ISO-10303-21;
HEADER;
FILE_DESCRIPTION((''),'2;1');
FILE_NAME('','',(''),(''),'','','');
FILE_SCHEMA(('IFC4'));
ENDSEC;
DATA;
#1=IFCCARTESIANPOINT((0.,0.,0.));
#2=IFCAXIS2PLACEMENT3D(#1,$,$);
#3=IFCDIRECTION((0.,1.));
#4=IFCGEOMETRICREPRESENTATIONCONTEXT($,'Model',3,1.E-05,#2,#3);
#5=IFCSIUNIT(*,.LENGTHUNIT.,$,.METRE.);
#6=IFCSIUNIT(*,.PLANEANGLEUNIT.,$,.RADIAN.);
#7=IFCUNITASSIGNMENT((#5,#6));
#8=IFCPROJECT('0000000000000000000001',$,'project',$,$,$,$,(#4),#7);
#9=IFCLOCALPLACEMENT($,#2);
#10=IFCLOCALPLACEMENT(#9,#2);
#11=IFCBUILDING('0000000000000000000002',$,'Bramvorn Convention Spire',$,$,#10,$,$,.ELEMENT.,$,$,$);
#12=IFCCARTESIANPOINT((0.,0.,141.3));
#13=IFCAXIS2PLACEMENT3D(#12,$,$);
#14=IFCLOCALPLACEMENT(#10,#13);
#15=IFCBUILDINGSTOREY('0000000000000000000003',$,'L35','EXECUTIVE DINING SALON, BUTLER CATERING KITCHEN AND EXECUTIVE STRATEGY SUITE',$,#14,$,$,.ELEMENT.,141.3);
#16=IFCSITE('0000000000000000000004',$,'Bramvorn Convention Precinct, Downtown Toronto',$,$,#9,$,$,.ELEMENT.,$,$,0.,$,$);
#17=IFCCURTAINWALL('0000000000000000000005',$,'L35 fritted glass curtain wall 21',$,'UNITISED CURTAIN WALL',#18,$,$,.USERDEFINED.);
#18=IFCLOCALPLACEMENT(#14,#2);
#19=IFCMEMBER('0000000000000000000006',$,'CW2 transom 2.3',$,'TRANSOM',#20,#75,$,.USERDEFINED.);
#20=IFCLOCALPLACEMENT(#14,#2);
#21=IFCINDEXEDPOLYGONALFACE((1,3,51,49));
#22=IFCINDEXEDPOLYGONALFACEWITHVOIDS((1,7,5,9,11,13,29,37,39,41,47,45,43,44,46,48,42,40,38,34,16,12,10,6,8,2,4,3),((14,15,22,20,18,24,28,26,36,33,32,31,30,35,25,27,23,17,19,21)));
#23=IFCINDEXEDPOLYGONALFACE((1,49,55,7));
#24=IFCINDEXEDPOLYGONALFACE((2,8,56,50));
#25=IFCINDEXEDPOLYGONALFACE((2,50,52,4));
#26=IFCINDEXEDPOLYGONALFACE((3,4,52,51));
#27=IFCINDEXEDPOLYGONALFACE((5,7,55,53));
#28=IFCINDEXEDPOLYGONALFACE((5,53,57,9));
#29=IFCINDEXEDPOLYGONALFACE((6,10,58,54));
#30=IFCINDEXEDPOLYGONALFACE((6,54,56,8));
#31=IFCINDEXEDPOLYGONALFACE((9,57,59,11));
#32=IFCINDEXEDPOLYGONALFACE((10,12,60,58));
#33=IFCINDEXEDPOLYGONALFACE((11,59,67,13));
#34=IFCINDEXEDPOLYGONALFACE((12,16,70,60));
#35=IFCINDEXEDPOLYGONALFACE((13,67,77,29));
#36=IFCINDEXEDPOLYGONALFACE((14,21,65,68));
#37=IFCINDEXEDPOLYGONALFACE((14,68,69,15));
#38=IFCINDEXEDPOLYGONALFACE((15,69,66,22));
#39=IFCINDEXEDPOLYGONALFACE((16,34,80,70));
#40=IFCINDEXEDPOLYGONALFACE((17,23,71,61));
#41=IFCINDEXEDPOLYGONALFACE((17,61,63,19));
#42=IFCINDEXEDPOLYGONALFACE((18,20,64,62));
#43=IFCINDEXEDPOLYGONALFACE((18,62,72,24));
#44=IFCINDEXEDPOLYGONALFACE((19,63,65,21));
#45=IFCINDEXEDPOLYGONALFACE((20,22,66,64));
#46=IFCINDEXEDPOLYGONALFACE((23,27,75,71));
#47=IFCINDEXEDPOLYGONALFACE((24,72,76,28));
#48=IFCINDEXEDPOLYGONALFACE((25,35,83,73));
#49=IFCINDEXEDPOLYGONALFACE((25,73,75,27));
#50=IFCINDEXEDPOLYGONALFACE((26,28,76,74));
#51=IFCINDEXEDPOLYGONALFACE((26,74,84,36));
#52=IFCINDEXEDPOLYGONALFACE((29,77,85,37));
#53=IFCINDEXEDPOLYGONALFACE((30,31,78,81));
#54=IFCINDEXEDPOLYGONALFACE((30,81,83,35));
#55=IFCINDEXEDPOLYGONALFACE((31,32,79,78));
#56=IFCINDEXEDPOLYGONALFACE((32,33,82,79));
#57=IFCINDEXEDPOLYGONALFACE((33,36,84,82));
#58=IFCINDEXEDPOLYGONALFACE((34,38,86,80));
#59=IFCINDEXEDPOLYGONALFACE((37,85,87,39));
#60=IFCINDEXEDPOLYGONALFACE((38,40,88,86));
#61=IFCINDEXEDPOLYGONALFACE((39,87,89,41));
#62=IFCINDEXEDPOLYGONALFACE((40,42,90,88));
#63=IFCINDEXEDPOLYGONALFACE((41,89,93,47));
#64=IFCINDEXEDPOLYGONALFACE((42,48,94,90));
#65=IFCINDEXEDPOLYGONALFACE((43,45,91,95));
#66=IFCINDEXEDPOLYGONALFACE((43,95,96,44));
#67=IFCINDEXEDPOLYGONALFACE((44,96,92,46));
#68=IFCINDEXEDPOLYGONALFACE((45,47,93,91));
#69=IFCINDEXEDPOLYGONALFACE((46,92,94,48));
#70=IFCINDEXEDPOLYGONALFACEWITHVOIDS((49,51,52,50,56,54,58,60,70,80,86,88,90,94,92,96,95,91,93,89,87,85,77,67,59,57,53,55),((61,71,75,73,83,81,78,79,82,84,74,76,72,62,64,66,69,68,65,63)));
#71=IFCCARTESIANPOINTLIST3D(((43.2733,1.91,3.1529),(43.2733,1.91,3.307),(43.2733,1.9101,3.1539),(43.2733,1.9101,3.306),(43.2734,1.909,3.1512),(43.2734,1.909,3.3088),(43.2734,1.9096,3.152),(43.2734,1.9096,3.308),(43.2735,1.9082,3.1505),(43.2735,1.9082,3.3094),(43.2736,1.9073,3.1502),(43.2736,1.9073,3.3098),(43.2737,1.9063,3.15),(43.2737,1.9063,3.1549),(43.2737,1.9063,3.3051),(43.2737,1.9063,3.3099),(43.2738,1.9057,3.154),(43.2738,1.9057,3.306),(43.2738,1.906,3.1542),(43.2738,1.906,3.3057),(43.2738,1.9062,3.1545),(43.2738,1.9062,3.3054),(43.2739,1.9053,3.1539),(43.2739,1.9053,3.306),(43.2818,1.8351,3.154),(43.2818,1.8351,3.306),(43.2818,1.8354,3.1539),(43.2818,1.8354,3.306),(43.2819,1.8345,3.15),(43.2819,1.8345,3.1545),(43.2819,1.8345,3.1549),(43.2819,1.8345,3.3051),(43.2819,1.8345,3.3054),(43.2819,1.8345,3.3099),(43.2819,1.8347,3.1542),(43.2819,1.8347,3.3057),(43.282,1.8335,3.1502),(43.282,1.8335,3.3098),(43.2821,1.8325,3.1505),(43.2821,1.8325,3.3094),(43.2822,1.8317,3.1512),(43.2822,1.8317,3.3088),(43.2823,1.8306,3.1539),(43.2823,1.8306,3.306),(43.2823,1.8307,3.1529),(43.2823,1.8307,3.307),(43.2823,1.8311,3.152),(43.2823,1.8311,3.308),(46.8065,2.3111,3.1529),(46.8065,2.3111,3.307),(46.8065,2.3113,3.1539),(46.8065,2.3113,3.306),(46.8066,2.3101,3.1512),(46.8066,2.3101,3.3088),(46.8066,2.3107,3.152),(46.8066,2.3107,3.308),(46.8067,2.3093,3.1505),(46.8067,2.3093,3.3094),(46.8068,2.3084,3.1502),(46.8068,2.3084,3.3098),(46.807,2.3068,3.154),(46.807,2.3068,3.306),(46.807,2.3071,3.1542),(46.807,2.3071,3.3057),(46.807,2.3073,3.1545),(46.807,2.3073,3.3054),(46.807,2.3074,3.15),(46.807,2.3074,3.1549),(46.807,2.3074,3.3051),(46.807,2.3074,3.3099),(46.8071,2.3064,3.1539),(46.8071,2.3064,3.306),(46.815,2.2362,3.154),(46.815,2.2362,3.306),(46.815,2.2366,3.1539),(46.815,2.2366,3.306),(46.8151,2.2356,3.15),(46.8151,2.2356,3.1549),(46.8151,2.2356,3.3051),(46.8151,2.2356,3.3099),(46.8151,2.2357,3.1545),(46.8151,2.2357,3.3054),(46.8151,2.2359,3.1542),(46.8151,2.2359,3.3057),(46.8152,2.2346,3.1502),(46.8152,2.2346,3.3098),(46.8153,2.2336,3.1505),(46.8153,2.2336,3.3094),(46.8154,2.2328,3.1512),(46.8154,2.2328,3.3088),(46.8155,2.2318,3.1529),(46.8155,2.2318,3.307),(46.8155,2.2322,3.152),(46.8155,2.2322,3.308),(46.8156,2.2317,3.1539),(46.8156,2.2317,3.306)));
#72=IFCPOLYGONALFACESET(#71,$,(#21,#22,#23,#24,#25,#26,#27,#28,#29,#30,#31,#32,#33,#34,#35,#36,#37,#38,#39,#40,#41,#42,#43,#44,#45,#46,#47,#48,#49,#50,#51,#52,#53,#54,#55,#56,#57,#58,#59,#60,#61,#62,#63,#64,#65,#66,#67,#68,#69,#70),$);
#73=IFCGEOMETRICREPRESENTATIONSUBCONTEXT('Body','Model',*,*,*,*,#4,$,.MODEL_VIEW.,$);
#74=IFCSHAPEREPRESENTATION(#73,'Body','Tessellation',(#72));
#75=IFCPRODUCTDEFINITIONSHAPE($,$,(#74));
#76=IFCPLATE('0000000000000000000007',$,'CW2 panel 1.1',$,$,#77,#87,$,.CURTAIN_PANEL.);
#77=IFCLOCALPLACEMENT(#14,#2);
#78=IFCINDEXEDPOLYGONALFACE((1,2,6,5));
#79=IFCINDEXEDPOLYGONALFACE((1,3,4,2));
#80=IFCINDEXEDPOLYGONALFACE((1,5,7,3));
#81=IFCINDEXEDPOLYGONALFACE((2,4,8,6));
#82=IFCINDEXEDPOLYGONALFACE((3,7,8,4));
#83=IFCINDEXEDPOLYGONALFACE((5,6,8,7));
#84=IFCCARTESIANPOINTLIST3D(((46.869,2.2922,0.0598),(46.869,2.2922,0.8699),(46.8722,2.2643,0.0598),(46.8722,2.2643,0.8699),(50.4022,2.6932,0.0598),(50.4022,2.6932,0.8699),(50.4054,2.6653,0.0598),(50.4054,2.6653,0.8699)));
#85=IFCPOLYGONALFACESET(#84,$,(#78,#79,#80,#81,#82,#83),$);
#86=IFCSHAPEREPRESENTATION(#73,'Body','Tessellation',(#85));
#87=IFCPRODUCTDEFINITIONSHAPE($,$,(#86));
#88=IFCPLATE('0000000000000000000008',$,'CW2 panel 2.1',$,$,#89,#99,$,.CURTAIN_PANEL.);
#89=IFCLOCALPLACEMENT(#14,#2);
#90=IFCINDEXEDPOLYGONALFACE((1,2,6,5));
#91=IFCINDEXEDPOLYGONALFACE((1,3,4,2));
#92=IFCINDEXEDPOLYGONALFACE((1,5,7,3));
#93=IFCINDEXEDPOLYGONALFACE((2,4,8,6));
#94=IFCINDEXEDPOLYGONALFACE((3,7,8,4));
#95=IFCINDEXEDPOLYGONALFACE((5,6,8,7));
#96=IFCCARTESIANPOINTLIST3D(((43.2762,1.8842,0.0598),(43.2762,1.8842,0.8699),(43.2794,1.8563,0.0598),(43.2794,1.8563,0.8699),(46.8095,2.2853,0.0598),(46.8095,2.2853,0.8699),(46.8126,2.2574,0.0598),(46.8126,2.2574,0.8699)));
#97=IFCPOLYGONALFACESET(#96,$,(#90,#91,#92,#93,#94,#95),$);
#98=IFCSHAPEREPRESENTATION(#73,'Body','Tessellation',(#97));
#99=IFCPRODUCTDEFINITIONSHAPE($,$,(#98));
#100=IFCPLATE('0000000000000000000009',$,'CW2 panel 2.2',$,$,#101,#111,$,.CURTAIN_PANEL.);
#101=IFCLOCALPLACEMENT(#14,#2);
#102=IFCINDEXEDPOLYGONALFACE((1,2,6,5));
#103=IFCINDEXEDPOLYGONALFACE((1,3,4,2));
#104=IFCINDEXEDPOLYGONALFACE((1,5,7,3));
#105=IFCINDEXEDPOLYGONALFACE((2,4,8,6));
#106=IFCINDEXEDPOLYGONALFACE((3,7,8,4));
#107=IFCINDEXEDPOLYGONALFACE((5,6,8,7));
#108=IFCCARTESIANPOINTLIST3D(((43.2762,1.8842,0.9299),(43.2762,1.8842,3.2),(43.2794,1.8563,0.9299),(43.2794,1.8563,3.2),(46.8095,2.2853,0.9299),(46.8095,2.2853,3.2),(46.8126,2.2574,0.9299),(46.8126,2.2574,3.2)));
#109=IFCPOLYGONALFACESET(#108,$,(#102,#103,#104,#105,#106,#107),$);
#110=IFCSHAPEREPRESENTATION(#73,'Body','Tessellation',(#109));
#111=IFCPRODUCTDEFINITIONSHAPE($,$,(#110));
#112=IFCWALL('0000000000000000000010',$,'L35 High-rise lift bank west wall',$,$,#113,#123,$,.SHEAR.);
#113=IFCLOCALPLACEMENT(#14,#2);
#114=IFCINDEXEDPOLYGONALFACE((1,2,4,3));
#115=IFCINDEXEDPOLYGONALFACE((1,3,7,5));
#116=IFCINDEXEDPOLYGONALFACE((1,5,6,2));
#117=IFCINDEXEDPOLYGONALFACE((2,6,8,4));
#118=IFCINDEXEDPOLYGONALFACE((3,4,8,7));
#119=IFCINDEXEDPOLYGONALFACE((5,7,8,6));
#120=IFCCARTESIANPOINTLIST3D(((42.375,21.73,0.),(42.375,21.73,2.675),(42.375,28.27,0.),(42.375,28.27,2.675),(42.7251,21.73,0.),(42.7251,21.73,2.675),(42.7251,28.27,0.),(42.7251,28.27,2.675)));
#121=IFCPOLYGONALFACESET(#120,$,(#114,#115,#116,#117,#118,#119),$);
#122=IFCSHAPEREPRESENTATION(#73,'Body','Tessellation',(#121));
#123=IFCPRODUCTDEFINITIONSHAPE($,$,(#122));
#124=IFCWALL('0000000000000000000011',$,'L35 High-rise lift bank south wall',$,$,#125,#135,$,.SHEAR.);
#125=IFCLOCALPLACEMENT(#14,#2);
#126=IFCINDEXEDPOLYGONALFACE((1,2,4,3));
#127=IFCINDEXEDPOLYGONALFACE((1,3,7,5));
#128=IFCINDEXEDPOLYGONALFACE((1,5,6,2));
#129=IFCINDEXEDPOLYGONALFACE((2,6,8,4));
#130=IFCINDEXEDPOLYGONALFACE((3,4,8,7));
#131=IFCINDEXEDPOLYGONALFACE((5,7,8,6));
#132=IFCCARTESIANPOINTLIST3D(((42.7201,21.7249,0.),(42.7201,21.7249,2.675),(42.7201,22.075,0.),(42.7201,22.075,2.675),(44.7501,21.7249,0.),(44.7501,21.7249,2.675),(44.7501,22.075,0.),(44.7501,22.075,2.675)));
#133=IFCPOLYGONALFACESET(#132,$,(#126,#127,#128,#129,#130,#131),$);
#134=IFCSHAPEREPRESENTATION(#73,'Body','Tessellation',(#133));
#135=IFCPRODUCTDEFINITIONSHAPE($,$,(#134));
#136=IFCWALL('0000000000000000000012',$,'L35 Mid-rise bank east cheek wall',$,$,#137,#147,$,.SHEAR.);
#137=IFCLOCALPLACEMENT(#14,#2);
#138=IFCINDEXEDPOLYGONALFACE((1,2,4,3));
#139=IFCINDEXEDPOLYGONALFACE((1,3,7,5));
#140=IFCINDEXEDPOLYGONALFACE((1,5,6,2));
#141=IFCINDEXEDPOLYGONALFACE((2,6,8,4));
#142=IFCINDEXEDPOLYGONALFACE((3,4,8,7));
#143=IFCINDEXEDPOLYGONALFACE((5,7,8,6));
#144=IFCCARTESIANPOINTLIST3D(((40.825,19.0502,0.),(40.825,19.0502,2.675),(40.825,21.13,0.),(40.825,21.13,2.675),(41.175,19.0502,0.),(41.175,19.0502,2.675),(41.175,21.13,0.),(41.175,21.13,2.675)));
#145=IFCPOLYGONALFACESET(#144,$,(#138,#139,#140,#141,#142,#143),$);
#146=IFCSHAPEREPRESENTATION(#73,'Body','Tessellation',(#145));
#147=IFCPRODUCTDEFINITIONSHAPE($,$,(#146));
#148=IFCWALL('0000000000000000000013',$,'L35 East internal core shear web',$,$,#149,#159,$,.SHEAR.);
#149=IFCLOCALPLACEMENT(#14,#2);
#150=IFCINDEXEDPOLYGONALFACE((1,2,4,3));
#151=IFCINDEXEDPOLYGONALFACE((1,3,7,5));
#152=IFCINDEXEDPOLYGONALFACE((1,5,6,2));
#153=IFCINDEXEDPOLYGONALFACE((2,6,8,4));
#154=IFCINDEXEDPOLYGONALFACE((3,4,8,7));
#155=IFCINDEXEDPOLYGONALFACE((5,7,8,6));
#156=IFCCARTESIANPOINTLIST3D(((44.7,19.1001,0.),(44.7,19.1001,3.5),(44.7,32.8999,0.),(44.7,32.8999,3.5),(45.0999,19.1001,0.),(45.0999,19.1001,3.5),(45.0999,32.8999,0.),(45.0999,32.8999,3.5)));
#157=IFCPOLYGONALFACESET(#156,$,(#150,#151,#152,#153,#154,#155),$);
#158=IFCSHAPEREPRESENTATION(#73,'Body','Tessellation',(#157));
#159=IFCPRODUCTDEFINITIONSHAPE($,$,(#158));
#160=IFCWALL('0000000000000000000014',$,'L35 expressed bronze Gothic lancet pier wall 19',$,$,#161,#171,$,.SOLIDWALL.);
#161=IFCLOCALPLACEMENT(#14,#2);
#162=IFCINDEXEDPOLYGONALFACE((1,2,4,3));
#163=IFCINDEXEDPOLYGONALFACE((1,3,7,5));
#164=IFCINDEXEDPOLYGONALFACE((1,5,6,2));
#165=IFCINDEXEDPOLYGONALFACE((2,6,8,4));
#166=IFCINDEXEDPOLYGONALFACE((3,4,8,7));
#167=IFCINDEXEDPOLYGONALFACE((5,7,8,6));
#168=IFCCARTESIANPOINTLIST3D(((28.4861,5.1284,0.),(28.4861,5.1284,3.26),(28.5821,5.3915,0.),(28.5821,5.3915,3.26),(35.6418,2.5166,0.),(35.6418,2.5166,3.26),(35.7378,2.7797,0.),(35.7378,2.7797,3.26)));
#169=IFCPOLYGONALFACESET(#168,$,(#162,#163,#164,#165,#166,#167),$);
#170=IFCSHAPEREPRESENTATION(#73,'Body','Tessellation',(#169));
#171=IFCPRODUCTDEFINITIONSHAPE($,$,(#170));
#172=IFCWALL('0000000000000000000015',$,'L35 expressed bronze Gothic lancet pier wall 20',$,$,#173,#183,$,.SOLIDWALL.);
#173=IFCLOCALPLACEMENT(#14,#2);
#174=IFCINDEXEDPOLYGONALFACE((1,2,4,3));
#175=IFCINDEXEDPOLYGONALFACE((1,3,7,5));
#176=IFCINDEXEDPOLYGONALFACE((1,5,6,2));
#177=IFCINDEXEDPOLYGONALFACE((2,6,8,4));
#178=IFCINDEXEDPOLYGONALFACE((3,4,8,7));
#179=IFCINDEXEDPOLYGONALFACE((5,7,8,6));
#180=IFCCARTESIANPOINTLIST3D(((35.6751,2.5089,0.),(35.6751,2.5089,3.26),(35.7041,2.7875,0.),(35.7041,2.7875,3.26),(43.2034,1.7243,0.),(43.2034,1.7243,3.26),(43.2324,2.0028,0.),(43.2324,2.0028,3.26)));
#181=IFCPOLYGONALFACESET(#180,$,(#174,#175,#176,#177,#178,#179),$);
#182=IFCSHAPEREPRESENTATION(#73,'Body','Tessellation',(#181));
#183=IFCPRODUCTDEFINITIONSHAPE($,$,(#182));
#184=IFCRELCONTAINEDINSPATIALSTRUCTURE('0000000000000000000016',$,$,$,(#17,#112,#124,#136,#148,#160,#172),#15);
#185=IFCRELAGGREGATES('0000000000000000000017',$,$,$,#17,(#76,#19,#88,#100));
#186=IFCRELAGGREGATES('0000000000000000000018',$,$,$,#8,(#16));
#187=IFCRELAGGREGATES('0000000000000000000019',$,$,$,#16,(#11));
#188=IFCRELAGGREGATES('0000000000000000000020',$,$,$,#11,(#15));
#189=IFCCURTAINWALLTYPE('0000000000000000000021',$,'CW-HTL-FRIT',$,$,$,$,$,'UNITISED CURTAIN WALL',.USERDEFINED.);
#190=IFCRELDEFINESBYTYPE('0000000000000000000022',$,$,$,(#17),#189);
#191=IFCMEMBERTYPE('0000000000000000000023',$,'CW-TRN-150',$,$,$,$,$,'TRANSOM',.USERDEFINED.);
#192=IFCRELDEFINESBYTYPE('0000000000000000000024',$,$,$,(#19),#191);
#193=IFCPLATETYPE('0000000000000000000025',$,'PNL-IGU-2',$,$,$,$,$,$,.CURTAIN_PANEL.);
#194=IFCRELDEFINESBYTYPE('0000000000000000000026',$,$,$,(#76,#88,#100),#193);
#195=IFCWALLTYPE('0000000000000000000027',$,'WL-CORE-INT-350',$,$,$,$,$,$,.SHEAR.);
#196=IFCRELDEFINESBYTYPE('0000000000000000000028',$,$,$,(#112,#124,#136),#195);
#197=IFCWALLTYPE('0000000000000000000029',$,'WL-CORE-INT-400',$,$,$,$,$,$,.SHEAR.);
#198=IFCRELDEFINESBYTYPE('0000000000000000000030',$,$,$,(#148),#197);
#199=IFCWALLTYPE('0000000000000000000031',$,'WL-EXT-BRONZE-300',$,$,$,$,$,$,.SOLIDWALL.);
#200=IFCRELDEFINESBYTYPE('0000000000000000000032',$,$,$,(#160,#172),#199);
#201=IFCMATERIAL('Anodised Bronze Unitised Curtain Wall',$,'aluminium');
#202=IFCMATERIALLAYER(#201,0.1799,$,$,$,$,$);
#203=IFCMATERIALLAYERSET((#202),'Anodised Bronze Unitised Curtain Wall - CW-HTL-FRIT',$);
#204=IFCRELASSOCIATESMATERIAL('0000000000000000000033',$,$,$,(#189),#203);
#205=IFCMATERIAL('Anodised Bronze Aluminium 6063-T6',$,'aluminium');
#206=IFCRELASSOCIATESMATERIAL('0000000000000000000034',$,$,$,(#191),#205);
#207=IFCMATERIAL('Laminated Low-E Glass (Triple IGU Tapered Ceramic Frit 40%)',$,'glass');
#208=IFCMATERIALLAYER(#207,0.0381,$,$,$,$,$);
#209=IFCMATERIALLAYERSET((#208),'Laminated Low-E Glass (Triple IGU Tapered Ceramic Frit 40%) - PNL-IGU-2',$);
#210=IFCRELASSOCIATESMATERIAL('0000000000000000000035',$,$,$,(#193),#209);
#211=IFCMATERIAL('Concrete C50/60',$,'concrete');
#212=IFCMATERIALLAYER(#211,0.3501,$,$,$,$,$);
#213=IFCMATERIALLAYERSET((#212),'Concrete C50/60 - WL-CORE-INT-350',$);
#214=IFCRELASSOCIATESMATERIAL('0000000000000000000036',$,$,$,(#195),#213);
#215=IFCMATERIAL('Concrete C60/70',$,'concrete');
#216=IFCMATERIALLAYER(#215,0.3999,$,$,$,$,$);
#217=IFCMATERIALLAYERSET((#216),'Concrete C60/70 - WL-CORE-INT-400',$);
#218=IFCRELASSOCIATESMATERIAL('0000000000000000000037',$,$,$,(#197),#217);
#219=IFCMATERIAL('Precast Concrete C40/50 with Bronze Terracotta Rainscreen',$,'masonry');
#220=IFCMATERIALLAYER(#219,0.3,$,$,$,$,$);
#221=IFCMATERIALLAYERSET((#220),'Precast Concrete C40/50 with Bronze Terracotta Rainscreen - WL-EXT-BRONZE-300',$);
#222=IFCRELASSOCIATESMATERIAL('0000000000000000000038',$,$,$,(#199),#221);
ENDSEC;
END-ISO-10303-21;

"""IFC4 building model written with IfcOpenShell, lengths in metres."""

from ifc_helpers import new_model, si_unit, direction, frame, frame_2d, origin, origin_2d, place, context, subcontext, project, spatial, rectangle, hollow_rectangle, extrude, material, layer, layer_set, material_profile, profile_set, type_object, element, aggregate, save


model = new_model("IFC4")

# Units and contexts
model_context = context("Model", 3, precision=1e-05, world=origin(), true_north=direction((0.0, 1.0)))
body_context = subcontext(model_context, "Body", "Model", "MODEL_VIEW")
ifc_project = project(units=[si_unit("LENGTHUNIT", "METRE"), si_unit("PLANEANGLEUNIT", "RADIAN")], contexts=[model_context])

# Site, building, storey
site_placement = place(None, origin())
site = spatial("IfcSite", under=ifc_project, at=site_placement, Name="Bramvorn Convention Precinct, Downtown Toronto", CompositionType="ELEMENT", RefElevation=0.0)
building_placement = place(site_placement, origin())
building = spatial("IfcBuilding", under=site, at=building_placement, Name="Bramvorn Convention Spire", CompositionType="ELEMENT")
storey_placement = place(building_placement, frame((0.0, 0.0, 141.3)))
storey = spatial("IfcBuildingStorey", under=building, at=storey_placement, Name="L35", Description="EXECUTIVE DINING SALON, BUTLER CATERING KITCHEN AND EXECUTIVE STRATEGY SUITE", CompositionType="ELEMENT", Elevation=141.3)

# Curtain wall, member, plates
ifc_material_1 = material(Name="Anodised Bronze Unitised Curtain Wall", Category="aluminium")
ifc_layer_1 = layer(ifc_material_1, 0.1799)
ifc_layer_set_1 = layer_set([ifc_layer_1], Name="Anodised Bronze Unitised Curtain Wall - CW-HTL-FRIT")
curtain_wall_type = type_object("IfcCurtainWallType", Name="CW-HTL-FRIT", ElementType="UNITISED CURTAIN WALL", PredefinedType="USERDEFINED", material=ifc_layer_set_1)
curtain_wall_placement = place(storey_placement, origin())
curtain_wall = element("IfcCurtainWall", 1, at=curtain_wall_placement, inside=storey, type_object=curtain_wall_type, Name="L35 fritted glass curtain wall 21", ObjectType="UNITISED CURTAIN WALL", PredefinedType="USERDEFINED")
ifc_material_2 = material(Name="Anodised Bronze Aluminium 6063-T6", Category="aluminium")
ifc_material_profile_1 = material_profile(ifc_material_2, hollow_rectangle(XDim=0.0801, YDim=0.1599, WallThickness=0.0039, InnerFilletRadius=0.001, OuterFilletRadius=0.0039, at=origin_2d()))
ifc_profile_set_1 = profile_set([ifc_material_profile_1], Name="Anodised Bronze Aluminium 6063-T6 - CWT80X160")
member_type_1 = type_object("IfcMemberType", Name="CW-TRN-150", ElementType="TRANSOM", PredefinedType="USERDEFINED", material=ifc_profile_set_1)
member_1_placement = place(storey_placement, frame((46.811, 2.2715, 3.23), z_axis=(-0.993617, -0.112805, 0.0), x_axis=(0.112805, -0.993617, 0.0)))
member_1 = element("IfcMember", 2, at=member_1_placement, type_object=member_type_1, Name="CW2 transom 2.3", ObjectType="TRANSOM", PredefinedType="USERDEFINED", context=body_context, shape_type="SweptSolid", body=[
    extrude(hollow_rectangle(XDim=0.0801, YDim=0.1599, WallThickness=0.0039, InnerFilletRadius=0.001, OuterFilletRadius=0.0039, at=origin_2d()), origin(), (0.0, 0.0, 1.0), 3.5559),
])
ifc_material_3 = material(Name="Laminated Low-E Glass (Triple IGU Tapered Ceramic Frit 40%)", Category="glass")
ifc_layer_2 = layer(ifc_material_3, 0.0381)
ifc_layer_set_2 = layer_set([ifc_layer_2], Name="Laminated Low-E Glass (Triple IGU Tapered Ceramic Frit 40%) - PNL-IGU-2")
plate_type = type_object("IfcPlateType", Name="PNL-IGU-2", PredefinedType="CURTAIN_PANEL", material=ifc_layer_set_2)
plate_1_placement = place(storey_placement, frame((48.6372, 2.4788, 0.0598), z_axis=(0.0, 0.0, 1.0), x_axis=(-0.99362, -0.112784, 0.0)))
plate_1 = element("IfcPlate", 3, at=plate_1_placement, type_object=plate_type, Name="CW2 panel 1.1", PredefinedType="CURTAIN_PANEL", context=body_context, shape_type="SweptSolid", body=[
    extrude(rectangle(XDim=3.5559, YDim=0.0281, at=origin_2d()), origin(), (0.0, 0.0, 1.0), 0.8101),
])
plate_2_placement = place(storey_placement, frame((45.0444, 2.0708, 0.0598), z_axis=(0.0, 0.0, 1.0), x_axis=(-0.99362, -0.112784, 0.0)))
plate_2 = element("IfcPlate", 4, at=plate_2_placement, type_object=plate_type, Name="CW2 panel 2.1", PredefinedType="CURTAIN_PANEL", context=body_context, shape_type="SweptSolid", body=[
    extrude(rectangle(XDim=3.5559, YDim=0.0281, at=origin_2d()), origin(), (0.0, 0.0, 1.0), 0.8101),
])
plate_3_placement = place(storey_placement, frame((45.0444, 2.0708, 0.9299), z_axis=(0.0, 0.0, 1.0), x_axis=(-0.99362, -0.112784, 0.0)))
plate_3 = element("IfcPlate", 5, at=plate_3_placement, type_object=plate_type, Name="CW2 panel 2.2", PredefinedType="CURTAIN_PANEL", context=body_context, shape_type="SweptSolid", body=[
    extrude(rectangle(XDim=3.5559, YDim=0.0281, at=origin_2d()), origin(), (0.0, 0.0, 1.0), 2.27),
])
aggregate(curtain_wall, [plate_1, member_1, plate_2, plate_3])

# Walls
ifc_material_4 = material(Name="Concrete C50/60", Category="concrete")
ifc_layer_3 = layer(ifc_material_4, 0.3501)
ifc_layer_set_3 = layer_set([ifc_layer_3], Name="Concrete C50/60 - WL-CORE-INT-350")
wall_type_1 = type_object("IfcWallType", Name="WL-CORE-INT-350", PredefinedType="SHEAR", material=ifc_layer_set_3)
wall_1_placement = place(storey_placement, frame((42.55, 21.73, 0.0), z_axis=(0.0, 0.0, 1.0), x_axis=(0.0, 1.0, 0.0)))
element("IfcWall", 6, at=wall_1_placement, inside=storey, type_object=wall_type_1, Name="L35 High-rise lift bank west wall", PredefinedType="SHEAR", context=body_context, shape_type="SweptSolid", body=[
    extrude(rectangle(XDim=6.54, YDim=0.3501, at=frame_2d((3.27, 0.0))), origin(), (0.0, 0.0, 1.0), 2.675),
])
wall_2_placement = place(storey_placement, frame((42.72, 21.8999, 0.0), z_axis=(0.0, 0.0, 1.0), x_axis=(1.0, 0.0, 0.0)))
element("IfcWall", 7, at=wall_2_placement, inside=storey, type_object=wall_type_1, Name="L35 High-rise lift bank south wall", PredefinedType="SHEAR", context=body_context, shape_type="SweptSolid", body=[
    extrude(rectangle(XDim=2.03, YDim=0.3501, at=frame_2d((1.0151, 0.0))), origin(), (0.0, 0.0, 1.0), 2.675),
])
wall_3_placement = place(storey_placement, frame((41.0, 19.05, 0.0), z_axis=(0.0, 0.0, 1.0), x_axis=(0.0, 1.0, 0.0)))
element("IfcWall", 8, at=wall_3_placement, inside=storey, type_object=wall_type_1, Name="L35 Mid-rise bank east cheek wall", PredefinedType="SHEAR", context=body_context, shape_type="SweptSolid", body=[
    extrude(rectangle(XDim=2.0798, YDim=0.3501, at=frame_2d((1.04, 0.0))), origin(), (0.0, 0.0, 1.0), 2.675),
])
ifc_material_5 = material(Name="Concrete C60/70", Category="concrete")
ifc_layer_4 = layer(ifc_material_5, 0.3999)
ifc_layer_set_4 = layer_set([ifc_layer_4], Name="Concrete C60/70 - WL-CORE-INT-400")
wall_type_2 = type_object("IfcWallType", Name="WL-CORE-INT-400", PredefinedType="SHEAR", material=ifc_layer_set_4)
wall_4_placement = place(storey_placement, frame((44.8999, 19.1001, 0.0), z_axis=(0.0, 0.0, 1.0), x_axis=(0.0, 1.0, 0.0)))
element("IfcWall", 9, at=wall_4_placement, inside=storey, type_object=wall_type_2, Name="L35 East internal core shear web", PredefinedType="SHEAR", context=body_context, shape_type="SweptSolid", body=[
    extrude(rectangle(XDim=13.7998, YDim=0.3999, at=frame_2d((6.8999, 0.0))), origin(), (0.0, 0.0, 1.0), 3.5),
])
ifc_material_6 = material(Name="Precast Concrete C40/50 with Bronze Terracotta Rainscreen", Category="masonry")
ifc_layer_5 = layer(ifc_material_6, 0.3)
ifc_layer_set_5 = layer_set([ifc_layer_5], Name="Precast Concrete C40/50 with Bronze Terracotta Rainscreen - WL-EXT-BRONZE-300")
wall_type_3 = type_object("IfcWallType", Name="WL-EXT-BRONZE-300", PredefinedType="SOLIDWALL", material=ifc_layer_set_5)
wall_5_placement = place(storey_placement, frame((35.6897, 2.6482, 0.0), z_axis=(0.0, 0.0, 1.0), x_axis=(-0.939383, 0.34287, 0.0)))
element("IfcWall", 10, at=wall_5_placement, inside=storey, type_object=wall_type_3, Name="L35 expressed bronze Gothic lancet pier wall 19", PredefinedType="SOLIDWALL", context=body_context, shape_type="SweptSolid", body=[
    extrude(rectangle(XDim=7.6174, YDim=0.28, at=frame_2d((3.8086, 0.0))), origin(), (0.0, 0.0, 1.0), 3.26),
])
wall_6_placement = place(storey_placement, frame((43.218, 1.8635, 0.0), z_axis=(0.0, 0.0, 1.0), x_axis=(-0.994612, 0.103667, 0.0)))
element("IfcWall", 11, at=wall_6_placement, inside=storey, type_object=wall_type_3, Name="L35 expressed bronze Gothic lancet pier wall 20", PredefinedType="SOLIDWALL", context=body_context, shape_type="SweptSolid", body=[
    extrude(rectangle(XDim=7.5691, YDim=0.28, at=frame_2d((3.7847, 0.0))), origin(), (0.0, 0.0, 1.0), 3.26),
])

save(model, "model.ifc")
